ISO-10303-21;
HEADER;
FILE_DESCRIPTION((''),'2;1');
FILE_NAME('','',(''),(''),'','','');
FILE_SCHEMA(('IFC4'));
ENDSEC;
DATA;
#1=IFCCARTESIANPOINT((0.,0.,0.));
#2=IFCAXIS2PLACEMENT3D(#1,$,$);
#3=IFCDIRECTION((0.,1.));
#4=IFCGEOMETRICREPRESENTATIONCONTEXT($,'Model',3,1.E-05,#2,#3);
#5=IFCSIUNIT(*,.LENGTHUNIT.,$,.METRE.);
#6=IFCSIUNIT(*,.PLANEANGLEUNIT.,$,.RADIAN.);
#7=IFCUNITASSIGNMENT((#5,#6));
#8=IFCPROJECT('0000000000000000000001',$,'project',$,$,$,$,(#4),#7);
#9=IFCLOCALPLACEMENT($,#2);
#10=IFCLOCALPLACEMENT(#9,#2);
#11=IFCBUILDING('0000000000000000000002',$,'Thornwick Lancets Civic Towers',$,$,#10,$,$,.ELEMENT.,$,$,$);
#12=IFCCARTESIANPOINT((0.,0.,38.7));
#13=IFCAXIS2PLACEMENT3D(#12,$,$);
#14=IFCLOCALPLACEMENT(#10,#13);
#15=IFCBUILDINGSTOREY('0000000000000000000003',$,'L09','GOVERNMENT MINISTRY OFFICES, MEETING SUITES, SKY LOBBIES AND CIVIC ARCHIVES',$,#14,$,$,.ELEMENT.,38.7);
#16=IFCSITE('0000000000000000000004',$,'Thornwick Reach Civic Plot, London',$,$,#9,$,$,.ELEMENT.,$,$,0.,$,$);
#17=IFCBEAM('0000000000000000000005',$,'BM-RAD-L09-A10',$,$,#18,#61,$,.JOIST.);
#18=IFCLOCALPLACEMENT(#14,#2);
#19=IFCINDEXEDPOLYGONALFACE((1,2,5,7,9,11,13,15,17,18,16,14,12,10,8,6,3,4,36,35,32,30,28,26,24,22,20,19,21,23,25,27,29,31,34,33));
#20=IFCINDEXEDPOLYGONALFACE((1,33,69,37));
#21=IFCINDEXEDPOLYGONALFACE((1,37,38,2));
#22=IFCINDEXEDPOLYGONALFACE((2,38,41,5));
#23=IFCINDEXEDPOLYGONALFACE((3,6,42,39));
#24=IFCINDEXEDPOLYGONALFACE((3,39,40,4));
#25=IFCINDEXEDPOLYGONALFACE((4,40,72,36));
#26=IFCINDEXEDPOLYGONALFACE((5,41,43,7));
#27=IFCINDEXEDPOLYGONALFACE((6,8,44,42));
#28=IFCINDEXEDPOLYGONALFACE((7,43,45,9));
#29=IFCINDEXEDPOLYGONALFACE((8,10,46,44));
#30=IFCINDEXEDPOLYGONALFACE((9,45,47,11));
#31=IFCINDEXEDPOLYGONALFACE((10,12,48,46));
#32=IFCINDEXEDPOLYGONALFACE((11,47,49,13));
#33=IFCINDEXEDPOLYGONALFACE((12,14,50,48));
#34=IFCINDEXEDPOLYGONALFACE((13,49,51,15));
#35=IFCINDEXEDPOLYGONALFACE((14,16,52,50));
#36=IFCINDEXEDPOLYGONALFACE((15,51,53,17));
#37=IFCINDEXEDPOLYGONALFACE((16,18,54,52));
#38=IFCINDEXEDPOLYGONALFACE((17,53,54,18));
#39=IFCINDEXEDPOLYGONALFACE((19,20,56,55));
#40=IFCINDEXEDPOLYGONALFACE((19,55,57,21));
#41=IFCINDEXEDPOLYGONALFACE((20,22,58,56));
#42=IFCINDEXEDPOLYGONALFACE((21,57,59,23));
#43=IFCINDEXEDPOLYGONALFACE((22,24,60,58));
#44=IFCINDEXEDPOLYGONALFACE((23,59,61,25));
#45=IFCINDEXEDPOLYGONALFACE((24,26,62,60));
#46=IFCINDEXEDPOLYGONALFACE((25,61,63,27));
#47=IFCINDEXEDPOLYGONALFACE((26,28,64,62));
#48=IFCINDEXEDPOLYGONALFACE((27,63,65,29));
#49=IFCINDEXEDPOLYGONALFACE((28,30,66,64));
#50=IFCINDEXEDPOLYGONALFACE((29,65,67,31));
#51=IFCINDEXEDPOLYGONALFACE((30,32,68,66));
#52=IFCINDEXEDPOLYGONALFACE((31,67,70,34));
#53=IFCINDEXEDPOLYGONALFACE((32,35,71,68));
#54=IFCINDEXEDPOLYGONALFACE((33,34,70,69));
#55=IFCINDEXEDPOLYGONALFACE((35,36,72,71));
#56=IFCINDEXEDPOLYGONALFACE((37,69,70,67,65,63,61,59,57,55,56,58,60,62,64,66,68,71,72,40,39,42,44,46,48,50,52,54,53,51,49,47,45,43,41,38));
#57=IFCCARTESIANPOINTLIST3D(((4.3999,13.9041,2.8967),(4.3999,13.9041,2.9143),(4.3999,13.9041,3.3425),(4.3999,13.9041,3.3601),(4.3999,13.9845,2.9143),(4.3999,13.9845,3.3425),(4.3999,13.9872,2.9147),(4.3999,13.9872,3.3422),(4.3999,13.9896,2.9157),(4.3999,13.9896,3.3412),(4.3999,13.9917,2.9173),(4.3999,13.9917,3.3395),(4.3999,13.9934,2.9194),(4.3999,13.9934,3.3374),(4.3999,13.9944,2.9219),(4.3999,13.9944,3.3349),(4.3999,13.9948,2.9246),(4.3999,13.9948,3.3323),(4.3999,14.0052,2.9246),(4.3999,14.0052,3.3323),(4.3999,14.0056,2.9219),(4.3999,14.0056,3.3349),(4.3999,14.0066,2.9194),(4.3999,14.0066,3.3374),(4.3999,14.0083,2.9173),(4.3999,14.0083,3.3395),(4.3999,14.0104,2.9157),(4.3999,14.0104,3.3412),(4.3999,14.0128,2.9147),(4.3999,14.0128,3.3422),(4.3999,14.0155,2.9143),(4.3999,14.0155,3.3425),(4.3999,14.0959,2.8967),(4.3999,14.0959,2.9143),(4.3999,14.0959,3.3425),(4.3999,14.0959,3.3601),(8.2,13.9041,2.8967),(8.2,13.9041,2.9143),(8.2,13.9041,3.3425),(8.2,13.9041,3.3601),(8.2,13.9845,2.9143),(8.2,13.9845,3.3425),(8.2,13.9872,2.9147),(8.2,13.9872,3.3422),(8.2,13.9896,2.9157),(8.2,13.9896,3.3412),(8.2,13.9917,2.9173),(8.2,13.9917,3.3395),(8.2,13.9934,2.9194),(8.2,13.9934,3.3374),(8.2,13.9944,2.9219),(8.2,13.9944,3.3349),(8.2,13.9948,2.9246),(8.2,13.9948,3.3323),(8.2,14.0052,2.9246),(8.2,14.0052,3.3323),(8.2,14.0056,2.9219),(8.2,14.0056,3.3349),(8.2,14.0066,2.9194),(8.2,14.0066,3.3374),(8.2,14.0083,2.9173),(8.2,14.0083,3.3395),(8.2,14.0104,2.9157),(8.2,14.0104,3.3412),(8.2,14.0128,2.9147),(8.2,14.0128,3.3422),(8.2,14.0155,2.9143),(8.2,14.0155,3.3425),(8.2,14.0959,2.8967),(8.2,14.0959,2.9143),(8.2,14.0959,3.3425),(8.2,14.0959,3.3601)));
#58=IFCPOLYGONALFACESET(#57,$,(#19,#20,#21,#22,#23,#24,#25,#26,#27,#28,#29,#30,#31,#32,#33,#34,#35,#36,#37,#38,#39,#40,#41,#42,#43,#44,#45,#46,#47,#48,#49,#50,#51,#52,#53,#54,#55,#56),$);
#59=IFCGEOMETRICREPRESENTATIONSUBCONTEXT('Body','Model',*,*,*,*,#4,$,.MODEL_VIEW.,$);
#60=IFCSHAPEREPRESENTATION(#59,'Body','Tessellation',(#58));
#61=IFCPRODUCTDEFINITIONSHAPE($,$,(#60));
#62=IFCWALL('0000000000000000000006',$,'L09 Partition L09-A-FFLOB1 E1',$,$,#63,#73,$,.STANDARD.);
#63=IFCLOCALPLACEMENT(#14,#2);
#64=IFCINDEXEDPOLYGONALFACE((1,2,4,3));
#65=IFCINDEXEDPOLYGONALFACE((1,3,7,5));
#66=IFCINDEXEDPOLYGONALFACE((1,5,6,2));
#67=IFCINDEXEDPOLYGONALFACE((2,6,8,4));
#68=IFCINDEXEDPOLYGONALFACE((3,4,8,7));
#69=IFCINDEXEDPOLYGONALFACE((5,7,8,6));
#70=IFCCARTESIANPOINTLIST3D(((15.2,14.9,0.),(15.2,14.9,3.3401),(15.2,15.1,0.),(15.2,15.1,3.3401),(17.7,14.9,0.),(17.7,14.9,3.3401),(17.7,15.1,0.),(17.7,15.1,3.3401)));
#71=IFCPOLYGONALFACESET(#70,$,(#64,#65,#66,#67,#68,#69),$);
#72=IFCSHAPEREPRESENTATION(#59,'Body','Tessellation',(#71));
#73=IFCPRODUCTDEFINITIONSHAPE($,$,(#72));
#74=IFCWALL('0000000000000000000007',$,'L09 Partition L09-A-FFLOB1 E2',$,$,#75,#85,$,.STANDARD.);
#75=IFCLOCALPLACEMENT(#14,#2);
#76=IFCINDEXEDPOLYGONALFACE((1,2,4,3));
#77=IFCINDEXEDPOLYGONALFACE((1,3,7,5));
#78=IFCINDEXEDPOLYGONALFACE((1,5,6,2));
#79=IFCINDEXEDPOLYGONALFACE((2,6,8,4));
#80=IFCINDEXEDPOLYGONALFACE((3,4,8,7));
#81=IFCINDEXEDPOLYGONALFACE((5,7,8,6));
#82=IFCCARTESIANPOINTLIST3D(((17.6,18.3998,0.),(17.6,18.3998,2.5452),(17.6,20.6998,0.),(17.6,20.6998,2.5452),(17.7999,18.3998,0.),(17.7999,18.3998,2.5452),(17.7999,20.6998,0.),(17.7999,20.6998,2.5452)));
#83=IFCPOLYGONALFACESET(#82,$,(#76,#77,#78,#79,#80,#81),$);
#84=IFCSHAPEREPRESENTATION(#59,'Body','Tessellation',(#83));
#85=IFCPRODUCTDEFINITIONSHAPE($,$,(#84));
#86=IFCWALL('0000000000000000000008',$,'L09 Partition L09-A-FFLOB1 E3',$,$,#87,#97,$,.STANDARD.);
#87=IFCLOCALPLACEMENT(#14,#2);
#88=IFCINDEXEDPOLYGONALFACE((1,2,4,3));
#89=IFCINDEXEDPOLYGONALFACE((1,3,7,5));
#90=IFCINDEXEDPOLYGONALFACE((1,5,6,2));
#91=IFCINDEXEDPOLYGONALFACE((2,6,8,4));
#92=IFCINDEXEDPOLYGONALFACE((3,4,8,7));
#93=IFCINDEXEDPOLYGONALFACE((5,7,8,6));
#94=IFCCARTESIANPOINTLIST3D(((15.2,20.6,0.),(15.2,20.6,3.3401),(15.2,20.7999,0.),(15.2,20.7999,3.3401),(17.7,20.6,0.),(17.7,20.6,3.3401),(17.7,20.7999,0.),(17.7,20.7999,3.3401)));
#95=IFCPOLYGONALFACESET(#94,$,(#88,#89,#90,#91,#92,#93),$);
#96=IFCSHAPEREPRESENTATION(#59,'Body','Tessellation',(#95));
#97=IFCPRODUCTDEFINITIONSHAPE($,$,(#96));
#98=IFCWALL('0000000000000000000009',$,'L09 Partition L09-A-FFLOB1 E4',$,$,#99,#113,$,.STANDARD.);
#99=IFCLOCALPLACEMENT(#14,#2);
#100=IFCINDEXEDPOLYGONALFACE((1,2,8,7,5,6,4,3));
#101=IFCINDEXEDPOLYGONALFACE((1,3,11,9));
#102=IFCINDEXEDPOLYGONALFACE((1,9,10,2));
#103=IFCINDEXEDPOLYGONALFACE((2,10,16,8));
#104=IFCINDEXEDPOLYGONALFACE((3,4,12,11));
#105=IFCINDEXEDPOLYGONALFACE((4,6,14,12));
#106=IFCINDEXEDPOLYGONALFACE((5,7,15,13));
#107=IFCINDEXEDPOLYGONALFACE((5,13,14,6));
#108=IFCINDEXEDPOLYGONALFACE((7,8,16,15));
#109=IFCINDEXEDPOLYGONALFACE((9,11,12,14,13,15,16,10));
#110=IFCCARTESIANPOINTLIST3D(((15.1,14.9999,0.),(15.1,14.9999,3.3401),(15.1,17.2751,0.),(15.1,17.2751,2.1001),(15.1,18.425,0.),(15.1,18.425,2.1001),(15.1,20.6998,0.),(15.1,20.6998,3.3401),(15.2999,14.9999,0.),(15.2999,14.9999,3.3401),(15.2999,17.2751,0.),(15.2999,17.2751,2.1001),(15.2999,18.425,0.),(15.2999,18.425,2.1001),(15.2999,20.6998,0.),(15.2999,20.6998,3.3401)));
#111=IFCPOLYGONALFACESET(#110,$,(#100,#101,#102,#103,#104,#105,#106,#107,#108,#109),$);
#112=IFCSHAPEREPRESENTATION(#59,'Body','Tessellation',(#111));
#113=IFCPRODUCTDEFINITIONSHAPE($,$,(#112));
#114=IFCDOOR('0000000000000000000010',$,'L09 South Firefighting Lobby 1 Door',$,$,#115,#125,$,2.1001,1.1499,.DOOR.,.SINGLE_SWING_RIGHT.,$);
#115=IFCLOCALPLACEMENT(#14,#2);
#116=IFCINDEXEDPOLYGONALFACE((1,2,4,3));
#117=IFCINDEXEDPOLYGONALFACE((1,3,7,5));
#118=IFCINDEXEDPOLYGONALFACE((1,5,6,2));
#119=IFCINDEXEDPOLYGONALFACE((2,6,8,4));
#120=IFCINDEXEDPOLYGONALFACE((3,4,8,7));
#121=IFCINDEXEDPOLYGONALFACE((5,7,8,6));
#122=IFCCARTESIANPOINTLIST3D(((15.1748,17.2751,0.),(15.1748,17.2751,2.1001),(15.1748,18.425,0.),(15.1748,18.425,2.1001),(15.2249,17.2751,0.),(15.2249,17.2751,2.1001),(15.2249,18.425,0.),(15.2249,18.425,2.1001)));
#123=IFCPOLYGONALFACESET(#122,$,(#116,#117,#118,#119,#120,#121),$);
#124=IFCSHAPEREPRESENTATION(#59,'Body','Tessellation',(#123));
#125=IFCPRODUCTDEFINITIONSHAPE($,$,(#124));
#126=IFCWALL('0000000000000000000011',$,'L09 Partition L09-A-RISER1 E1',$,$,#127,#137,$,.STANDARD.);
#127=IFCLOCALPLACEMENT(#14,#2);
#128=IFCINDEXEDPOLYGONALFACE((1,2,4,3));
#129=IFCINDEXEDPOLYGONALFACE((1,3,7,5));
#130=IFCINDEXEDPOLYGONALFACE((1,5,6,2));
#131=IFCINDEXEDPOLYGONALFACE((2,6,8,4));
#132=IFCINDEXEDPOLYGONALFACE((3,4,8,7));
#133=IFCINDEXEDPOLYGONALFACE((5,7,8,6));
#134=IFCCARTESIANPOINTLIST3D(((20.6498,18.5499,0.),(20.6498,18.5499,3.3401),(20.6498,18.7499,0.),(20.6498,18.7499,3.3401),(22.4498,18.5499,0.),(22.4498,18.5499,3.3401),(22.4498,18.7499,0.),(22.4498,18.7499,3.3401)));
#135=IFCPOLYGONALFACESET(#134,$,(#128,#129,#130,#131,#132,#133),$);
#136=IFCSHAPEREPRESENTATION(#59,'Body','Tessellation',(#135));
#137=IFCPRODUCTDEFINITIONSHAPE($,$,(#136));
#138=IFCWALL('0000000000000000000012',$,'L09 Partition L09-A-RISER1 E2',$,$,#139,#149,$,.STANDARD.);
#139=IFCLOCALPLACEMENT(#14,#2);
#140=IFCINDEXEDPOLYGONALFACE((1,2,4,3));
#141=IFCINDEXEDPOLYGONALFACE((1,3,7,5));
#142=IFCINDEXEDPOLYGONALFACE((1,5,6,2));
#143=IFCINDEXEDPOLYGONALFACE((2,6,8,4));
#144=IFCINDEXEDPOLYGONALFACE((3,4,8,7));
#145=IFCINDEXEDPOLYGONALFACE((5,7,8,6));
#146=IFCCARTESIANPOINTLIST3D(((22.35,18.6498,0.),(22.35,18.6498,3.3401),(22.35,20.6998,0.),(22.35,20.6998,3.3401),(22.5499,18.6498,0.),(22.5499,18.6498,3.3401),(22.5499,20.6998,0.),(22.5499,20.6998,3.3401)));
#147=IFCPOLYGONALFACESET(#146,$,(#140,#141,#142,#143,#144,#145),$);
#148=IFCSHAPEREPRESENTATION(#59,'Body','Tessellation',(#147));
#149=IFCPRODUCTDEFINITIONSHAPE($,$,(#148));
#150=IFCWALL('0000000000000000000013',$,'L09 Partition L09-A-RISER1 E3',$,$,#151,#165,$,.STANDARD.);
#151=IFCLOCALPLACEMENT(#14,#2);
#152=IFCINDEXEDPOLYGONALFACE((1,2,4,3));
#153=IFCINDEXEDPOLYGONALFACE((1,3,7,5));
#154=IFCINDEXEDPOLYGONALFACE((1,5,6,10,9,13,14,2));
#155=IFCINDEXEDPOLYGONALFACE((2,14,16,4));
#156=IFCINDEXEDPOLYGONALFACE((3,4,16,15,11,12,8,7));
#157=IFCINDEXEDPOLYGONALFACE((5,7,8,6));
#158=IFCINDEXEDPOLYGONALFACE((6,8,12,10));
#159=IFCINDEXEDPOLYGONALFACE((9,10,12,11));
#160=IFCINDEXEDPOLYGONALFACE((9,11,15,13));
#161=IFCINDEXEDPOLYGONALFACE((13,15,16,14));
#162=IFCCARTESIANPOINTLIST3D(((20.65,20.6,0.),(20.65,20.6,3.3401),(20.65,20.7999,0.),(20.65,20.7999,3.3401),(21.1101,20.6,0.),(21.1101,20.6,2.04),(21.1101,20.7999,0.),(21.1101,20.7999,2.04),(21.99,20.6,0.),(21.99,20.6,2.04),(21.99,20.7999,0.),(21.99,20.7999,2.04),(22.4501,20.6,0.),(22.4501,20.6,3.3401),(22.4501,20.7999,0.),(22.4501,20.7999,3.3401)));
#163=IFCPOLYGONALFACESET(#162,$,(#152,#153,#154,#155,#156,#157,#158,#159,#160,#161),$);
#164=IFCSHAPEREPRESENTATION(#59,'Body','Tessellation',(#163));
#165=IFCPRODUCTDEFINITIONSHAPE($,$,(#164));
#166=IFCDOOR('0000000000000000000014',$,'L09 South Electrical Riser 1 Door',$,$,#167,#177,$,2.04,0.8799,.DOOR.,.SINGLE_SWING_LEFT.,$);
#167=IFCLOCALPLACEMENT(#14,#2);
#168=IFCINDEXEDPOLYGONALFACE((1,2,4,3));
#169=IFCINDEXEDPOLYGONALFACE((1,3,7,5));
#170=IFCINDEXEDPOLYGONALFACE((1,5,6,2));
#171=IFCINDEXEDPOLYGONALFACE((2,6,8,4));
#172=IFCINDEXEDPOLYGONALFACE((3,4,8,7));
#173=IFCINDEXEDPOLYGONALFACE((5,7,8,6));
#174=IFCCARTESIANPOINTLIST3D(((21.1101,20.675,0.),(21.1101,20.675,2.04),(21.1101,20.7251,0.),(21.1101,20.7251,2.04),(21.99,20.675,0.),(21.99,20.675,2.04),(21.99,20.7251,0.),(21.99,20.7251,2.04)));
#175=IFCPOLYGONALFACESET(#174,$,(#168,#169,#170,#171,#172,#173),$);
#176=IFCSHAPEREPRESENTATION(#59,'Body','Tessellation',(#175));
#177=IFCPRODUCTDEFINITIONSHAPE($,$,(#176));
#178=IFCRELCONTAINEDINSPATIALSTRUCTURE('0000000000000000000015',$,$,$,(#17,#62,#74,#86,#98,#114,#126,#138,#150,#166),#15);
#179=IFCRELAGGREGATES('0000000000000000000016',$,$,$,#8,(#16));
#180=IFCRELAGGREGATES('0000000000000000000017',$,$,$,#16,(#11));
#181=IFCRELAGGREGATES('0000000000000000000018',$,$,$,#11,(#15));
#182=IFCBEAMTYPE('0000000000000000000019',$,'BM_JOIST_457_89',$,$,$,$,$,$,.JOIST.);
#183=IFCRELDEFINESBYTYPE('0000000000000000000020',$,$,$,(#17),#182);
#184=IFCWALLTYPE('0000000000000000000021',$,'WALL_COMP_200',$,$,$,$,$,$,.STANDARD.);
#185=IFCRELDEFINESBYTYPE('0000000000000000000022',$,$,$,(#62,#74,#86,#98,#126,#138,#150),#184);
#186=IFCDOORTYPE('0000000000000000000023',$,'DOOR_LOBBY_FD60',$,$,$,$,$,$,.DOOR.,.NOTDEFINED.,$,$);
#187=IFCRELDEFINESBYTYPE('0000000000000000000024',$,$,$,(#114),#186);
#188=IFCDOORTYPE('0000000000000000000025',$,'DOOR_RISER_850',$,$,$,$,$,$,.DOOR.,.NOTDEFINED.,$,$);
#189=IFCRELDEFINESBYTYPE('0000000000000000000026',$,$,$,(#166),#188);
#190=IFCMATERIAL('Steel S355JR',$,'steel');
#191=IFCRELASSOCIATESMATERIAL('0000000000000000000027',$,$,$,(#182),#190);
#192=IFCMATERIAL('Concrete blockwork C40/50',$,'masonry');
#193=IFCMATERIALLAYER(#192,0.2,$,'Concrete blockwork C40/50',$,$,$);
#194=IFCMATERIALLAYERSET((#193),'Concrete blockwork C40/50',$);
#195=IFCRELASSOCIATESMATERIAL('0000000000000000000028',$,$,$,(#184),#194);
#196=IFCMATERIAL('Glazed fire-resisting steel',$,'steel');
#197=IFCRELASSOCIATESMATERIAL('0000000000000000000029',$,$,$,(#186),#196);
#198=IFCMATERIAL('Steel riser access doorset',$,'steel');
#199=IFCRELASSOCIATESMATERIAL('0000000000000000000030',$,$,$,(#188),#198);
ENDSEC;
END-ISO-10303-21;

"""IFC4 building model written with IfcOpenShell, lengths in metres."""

from ifc_helpers import new_model, si_unit, direction, frame, frame_2d, origin, origin_2d, place, context, subcontext, project, spatial, rectangle, i_section, extrude, material, layer, layer_set, material_profile, profile_set, type_object, element, fill, save


model = new_model("IFC4")

# Units and contexts
model_context = context("Model", 3, precision=1e-05, world=origin(), true_north=direction((0.0, 1.0)))
body_context = subcontext(model_context, "Body", "Model", "MODEL_VIEW")
ifc_project = project(units=[si_unit("LENGTHUNIT", "METRE"), si_unit("PLANEANGLEUNIT", "RADIAN")], contexts=[model_context])

# Site, building, storey
site_placement = place(None, origin())
site = spatial("IfcSite", under=ifc_project, at=site_placement, Name="Thornwick Reach Civic Plot, London", CompositionType="ELEMENT", RefElevation=0.0)
building_placement = place(site_placement, origin())
building = spatial("IfcBuilding", under=site, at=building_placement, Name="Thornwick Lancets Civic Towers", CompositionType="ELEMENT")
storey_placement = place(building_placement, frame((0.0, 0.0, 38.7)))
storey = spatial("IfcBuildingStorey", under=building, at=storey_placement, Name="L09", Description="GOVERNMENT MINISTRY OFFICES, MEETING SUITES, SKY LOBBIES AND CIVIC ARCHIVES", CompositionType="ELEMENT", Elevation=38.7)

# Beam
ifc_material_1 = material(Name="Steel S355JR", Category="steel")
ifc_material_profile_1 = material_profile(ifc_material_1, i_section(OverallWidth=0.1919, OverallDepth=0.4634, WebThickness=0.0105, FlangeThickness=0.0176, FilletRadius=0.0103, at=origin_2d()), Name="UKB 457x191x89")
ifc_profile_set_1 = profile_set([ifc_material_profile_1], Name="Steel S355JR")
beam_type_1 = type_object("IfcBeamType", Name="BM_JOIST_457_89", PredefinedType="JOIST", material=ifc_profile_set_1)
beam_1_placement = place(storey_placement, frame((8.2, 14.0, 3.1284), z_axis=(-1.0, 0.0, 0.0), x_axis=(0.0, -1.0, 0.0)))
element("IfcBeam", 1, at=beam_1_placement, inside=storey, type_object=beam_type_1, Name="BM-RAD-L09-A10", PredefinedType="JOIST", context=body_context, shape_type="SweptSolid", body=[
    extrude(i_section(OverallWidth=0.1919, OverallDepth=0.4634, WebThickness=0.0105, FlangeThickness=0.0176, FilletRadius=0.0103, at=origin_2d()), origin(), (0.0, 0.0, 1.0), 3.8),
])

# Walls
ifc_material_2 = material(Name="Concrete blockwork C40/50", Category="masonry")
ifc_layer_1 = layer(ifc_material_2, 0.2, Name="Concrete blockwork C40/50")
ifc_layer_set_1 = layer_set([ifc_layer_1], Name="Concrete blockwork C40/50")
wall_type_1 = type_object("IfcWallType", Name="WALL_COMP_200", PredefinedType="STANDARD", material=ifc_layer_set_1)
wall_1_placement = place(storey_placement, frame((15.2, 15.0, 0.0), z_axis=(0.0, 0.0, 1.0), x_axis=(1.0, 0.0, 0.0)))
element("IfcWall", 2, at=wall_1_placement, inside=storey, type_object=wall_type_1, Name="L09 Partition L09-A-FFLOB1 E1", PredefinedType="STANDARD", context=body_context, shape_type="SweptSolid", body=[
    extrude(rectangle(XDim=2.5, YDim=0.2, at=frame_2d((1.25, 0.0))), origin(), (0.0, 0.0, 1.0), 3.3401),
])
wall_2_placement = place(storey_placement, frame((17.7, 18.3999, 0.0), z_axis=(0.0, 0.0, 1.0), x_axis=(0.0, 1.0, 0.0)))
element("IfcWall", 3, at=wall_2_placement, inside=storey, type_object=wall_type_1, Name="L09 Partition L09-A-FFLOB1 E2", PredefinedType="STANDARD", context=body_context, shape_type="SweptSolid", body=[
    extrude(rectangle(XDim=2.3, YDim=0.2, at=frame_2d((1.1499, 0.0))), origin(), (0.0, 0.0, 1.0), 2.5452),
])
wall_3_placement = place(storey_placement, frame((17.7, 20.7, 0.0), z_axis=(0.0, 0.0, 1.0), x_axis=(-1.0, 0.0, 0.0)))
element("IfcWall", 4, at=wall_3_placement, inside=storey, type_object=wall_type_1, Name="L09 Partition L09-A-FFLOB1 E3", PredefinedType="STANDARD", context=body_context, shape_type="SweptSolid", body=[
    extrude(rectangle(XDim=2.5, YDim=0.2, at=frame_2d((1.25, 0.0))), origin(), (0.0, 0.0, 1.0), 3.3401),
])

# Wall, opening, door
wall_4_placement = place(storey_placement, frame((15.2, 20.7, 0.0), z_axis=(0.0, 0.0, 1.0), x_axis=(0.0, -1.0, 0.0)))
wall_4 = element("IfcWall", 5, at=wall_4_placement, inside=storey, type_object=wall_type_1, Name="L09 Partition L09-A-FFLOB1 E4", PredefinedType="STANDARD", context=body_context, shape_type="SweptSolid", body=[
    extrude(rectangle(XDim=5.7, YDim=0.2, at=frame_2d((2.8501, 0.0))), origin(), (0.0, 0.0, 1.0), 3.3401),
])
opening_1_placement = place(wall_4_placement, frame((2.2749, 0.0, 0.0)))
opening_1 = element("IfcOpeningElement", 6, at=opening_1_placement, cuts=wall_4, PredefinedType="OPENING", context=body_context, shape_type="SweptSolid", body=[
    extrude(rectangle(XDim=1.1499, YDim=2.1001, at=frame_2d((0.575, 1.05))), frame((0.0, 0.1099, 0.0), z_axis=(0.0, -1.0, 0.0), x_axis=(1.0, 0.0, 0.0)), (0.0, 0.0, 1.0), 0.22),
])
ifc_material_3 = material(Name="Glazed fire-resisting steel", Category="steel")
door_type_1 = type_object("IfcDoorType", Name="DOOR_LOBBY_FD60", OperationType="NOTDEFINED", PredefinedType="DOOR", material=ifc_material_3)
door_1_placement = place(opening_1_placement, origin())
door_1 = element("IfcDoor", 7, at=door_1_placement, inside=storey, type_object=door_type_1, Name="L09 South Firefighting Lobby 1 Door", OperationType="SINGLE_SWING_RIGHT", OverallHeight=2.1001, OverallWidth=1.1499, PredefinedType="DOOR", context=body_context, shape_type="SweptSolid", body=[
    extrude(rectangle(XDim=1.1499, YDim=2.1001, at=frame_2d((0.575, 1.05))), frame((0.0, 0.0249, 0.0), z_axis=(0.0, -1.0, 0.0), x_axis=(1.0, 0.0, 0.0)), (0.0, 0.0, 1.0), 0.05),
])
fill(opening_1, door_1)

# Walls
wall_5_placement = place(storey_placement, frame((20.6499, 18.6499, 0.0), z_axis=(0.0, 0.0, 1.0), x_axis=(1.0, 0.0, 0.0)))
element("IfcWall", 8, at=wall_5_placement, inside=storey, type_object=wall_type_1, Name="L09 Partition L09-A-RISER1 E1", PredefinedType="STANDARD", context=body_context, shape_type="SweptSolid", body=[
    extrude(rectangle(XDim=1.8, YDim=0.2, at=frame_2d((0.8999, 0.0))), origin(), (0.0, 0.0, 1.0), 3.3401),
])
wall_6_placement = place(storey_placement, frame((22.45, 18.6499, 0.0), z_axis=(0.0, 0.0, 1.0), x_axis=(0.0, 1.0, 0.0)))
element("IfcWall", 9, at=wall_6_placement, inside=storey, type_object=wall_type_1, Name="L09 Partition L09-A-RISER1 E2", PredefinedType="STANDARD", context=body_context, shape_type="SweptSolid", body=[
    extrude(rectangle(XDim=2.05, YDim=0.2, at=frame_2d((1.0249, 0.0))), origin(), (0.0, 0.0, 1.0), 3.3401),
])

# Wall, opening, door
wall_7_placement = place(storey_placement, frame((22.45, 20.7, 0.0), z_axis=(0.0, 0.0, 1.0), x_axis=(-1.0, 0.0, 0.0)))
wall_7 = element("IfcWall", 10, at=wall_7_placement, inside=storey, type_object=wall_type_1, Name="L09 Partition L09-A-RISER1 E3", PredefinedType="STANDARD", context=body_context, shape_type="SweptSolid", body=[
    extrude(rectangle(XDim=1.8, YDim=0.2, at=frame_2d((0.8999, 0.0))), origin(), (0.0, 0.0, 1.0), 3.3401),
])
opening_2_placement = place(wall_7_placement, frame((0.46, 0.0, 0.0)))
opening_2 = element("IfcOpeningElement", 11, at=opening_2_placement, cuts=wall_7, PredefinedType="OPENING", context=body_context, shape_type="SweptSolid", body=[
    extrude(rectangle(XDim=0.8799, YDim=2.04, at=frame_2d((0.4399, 1.02))), frame((0.0, 0.1099, 0.0), z_axis=(0.0, -1.0, 0.0), x_axis=(1.0, 0.0, 0.0)), (0.0, 0.0, 1.0), 0.22),
])
ifc_material_4 = material(Name="Steel riser access doorset", Category="steel")
door_type_2 = type_object("IfcDoorType", Name="DOOR_RISER_850", OperationType="NOTDEFINED", PredefinedType="DOOR", material=ifc_material_4)
door_2_placement = place(opening_2_placement, origin())
door_2 = element("IfcDoor", 12, at=door_2_placement, inside=storey, type_object=door_type_2, Name="L09 South Electrical Riser 1 Door", OperationType="SINGLE_SWING_LEFT", OverallHeight=2.04, OverallWidth=0.8799, PredefinedType="DOOR", context=body_context, shape_type="SweptSolid", body=[
    extrude(rectangle(XDim=0.8799, YDim=2.04, at=frame_2d((0.4399, 1.02))), frame((0.0, 0.0249, 0.0), z_axis=(0.0, -1.0, 0.0), x_axis=(1.0, 0.0, 0.0)), (0.0, 0.0, 1.0), 0.05),
])
fill(opening_2, door_2)

save(model, "model.ifc")
